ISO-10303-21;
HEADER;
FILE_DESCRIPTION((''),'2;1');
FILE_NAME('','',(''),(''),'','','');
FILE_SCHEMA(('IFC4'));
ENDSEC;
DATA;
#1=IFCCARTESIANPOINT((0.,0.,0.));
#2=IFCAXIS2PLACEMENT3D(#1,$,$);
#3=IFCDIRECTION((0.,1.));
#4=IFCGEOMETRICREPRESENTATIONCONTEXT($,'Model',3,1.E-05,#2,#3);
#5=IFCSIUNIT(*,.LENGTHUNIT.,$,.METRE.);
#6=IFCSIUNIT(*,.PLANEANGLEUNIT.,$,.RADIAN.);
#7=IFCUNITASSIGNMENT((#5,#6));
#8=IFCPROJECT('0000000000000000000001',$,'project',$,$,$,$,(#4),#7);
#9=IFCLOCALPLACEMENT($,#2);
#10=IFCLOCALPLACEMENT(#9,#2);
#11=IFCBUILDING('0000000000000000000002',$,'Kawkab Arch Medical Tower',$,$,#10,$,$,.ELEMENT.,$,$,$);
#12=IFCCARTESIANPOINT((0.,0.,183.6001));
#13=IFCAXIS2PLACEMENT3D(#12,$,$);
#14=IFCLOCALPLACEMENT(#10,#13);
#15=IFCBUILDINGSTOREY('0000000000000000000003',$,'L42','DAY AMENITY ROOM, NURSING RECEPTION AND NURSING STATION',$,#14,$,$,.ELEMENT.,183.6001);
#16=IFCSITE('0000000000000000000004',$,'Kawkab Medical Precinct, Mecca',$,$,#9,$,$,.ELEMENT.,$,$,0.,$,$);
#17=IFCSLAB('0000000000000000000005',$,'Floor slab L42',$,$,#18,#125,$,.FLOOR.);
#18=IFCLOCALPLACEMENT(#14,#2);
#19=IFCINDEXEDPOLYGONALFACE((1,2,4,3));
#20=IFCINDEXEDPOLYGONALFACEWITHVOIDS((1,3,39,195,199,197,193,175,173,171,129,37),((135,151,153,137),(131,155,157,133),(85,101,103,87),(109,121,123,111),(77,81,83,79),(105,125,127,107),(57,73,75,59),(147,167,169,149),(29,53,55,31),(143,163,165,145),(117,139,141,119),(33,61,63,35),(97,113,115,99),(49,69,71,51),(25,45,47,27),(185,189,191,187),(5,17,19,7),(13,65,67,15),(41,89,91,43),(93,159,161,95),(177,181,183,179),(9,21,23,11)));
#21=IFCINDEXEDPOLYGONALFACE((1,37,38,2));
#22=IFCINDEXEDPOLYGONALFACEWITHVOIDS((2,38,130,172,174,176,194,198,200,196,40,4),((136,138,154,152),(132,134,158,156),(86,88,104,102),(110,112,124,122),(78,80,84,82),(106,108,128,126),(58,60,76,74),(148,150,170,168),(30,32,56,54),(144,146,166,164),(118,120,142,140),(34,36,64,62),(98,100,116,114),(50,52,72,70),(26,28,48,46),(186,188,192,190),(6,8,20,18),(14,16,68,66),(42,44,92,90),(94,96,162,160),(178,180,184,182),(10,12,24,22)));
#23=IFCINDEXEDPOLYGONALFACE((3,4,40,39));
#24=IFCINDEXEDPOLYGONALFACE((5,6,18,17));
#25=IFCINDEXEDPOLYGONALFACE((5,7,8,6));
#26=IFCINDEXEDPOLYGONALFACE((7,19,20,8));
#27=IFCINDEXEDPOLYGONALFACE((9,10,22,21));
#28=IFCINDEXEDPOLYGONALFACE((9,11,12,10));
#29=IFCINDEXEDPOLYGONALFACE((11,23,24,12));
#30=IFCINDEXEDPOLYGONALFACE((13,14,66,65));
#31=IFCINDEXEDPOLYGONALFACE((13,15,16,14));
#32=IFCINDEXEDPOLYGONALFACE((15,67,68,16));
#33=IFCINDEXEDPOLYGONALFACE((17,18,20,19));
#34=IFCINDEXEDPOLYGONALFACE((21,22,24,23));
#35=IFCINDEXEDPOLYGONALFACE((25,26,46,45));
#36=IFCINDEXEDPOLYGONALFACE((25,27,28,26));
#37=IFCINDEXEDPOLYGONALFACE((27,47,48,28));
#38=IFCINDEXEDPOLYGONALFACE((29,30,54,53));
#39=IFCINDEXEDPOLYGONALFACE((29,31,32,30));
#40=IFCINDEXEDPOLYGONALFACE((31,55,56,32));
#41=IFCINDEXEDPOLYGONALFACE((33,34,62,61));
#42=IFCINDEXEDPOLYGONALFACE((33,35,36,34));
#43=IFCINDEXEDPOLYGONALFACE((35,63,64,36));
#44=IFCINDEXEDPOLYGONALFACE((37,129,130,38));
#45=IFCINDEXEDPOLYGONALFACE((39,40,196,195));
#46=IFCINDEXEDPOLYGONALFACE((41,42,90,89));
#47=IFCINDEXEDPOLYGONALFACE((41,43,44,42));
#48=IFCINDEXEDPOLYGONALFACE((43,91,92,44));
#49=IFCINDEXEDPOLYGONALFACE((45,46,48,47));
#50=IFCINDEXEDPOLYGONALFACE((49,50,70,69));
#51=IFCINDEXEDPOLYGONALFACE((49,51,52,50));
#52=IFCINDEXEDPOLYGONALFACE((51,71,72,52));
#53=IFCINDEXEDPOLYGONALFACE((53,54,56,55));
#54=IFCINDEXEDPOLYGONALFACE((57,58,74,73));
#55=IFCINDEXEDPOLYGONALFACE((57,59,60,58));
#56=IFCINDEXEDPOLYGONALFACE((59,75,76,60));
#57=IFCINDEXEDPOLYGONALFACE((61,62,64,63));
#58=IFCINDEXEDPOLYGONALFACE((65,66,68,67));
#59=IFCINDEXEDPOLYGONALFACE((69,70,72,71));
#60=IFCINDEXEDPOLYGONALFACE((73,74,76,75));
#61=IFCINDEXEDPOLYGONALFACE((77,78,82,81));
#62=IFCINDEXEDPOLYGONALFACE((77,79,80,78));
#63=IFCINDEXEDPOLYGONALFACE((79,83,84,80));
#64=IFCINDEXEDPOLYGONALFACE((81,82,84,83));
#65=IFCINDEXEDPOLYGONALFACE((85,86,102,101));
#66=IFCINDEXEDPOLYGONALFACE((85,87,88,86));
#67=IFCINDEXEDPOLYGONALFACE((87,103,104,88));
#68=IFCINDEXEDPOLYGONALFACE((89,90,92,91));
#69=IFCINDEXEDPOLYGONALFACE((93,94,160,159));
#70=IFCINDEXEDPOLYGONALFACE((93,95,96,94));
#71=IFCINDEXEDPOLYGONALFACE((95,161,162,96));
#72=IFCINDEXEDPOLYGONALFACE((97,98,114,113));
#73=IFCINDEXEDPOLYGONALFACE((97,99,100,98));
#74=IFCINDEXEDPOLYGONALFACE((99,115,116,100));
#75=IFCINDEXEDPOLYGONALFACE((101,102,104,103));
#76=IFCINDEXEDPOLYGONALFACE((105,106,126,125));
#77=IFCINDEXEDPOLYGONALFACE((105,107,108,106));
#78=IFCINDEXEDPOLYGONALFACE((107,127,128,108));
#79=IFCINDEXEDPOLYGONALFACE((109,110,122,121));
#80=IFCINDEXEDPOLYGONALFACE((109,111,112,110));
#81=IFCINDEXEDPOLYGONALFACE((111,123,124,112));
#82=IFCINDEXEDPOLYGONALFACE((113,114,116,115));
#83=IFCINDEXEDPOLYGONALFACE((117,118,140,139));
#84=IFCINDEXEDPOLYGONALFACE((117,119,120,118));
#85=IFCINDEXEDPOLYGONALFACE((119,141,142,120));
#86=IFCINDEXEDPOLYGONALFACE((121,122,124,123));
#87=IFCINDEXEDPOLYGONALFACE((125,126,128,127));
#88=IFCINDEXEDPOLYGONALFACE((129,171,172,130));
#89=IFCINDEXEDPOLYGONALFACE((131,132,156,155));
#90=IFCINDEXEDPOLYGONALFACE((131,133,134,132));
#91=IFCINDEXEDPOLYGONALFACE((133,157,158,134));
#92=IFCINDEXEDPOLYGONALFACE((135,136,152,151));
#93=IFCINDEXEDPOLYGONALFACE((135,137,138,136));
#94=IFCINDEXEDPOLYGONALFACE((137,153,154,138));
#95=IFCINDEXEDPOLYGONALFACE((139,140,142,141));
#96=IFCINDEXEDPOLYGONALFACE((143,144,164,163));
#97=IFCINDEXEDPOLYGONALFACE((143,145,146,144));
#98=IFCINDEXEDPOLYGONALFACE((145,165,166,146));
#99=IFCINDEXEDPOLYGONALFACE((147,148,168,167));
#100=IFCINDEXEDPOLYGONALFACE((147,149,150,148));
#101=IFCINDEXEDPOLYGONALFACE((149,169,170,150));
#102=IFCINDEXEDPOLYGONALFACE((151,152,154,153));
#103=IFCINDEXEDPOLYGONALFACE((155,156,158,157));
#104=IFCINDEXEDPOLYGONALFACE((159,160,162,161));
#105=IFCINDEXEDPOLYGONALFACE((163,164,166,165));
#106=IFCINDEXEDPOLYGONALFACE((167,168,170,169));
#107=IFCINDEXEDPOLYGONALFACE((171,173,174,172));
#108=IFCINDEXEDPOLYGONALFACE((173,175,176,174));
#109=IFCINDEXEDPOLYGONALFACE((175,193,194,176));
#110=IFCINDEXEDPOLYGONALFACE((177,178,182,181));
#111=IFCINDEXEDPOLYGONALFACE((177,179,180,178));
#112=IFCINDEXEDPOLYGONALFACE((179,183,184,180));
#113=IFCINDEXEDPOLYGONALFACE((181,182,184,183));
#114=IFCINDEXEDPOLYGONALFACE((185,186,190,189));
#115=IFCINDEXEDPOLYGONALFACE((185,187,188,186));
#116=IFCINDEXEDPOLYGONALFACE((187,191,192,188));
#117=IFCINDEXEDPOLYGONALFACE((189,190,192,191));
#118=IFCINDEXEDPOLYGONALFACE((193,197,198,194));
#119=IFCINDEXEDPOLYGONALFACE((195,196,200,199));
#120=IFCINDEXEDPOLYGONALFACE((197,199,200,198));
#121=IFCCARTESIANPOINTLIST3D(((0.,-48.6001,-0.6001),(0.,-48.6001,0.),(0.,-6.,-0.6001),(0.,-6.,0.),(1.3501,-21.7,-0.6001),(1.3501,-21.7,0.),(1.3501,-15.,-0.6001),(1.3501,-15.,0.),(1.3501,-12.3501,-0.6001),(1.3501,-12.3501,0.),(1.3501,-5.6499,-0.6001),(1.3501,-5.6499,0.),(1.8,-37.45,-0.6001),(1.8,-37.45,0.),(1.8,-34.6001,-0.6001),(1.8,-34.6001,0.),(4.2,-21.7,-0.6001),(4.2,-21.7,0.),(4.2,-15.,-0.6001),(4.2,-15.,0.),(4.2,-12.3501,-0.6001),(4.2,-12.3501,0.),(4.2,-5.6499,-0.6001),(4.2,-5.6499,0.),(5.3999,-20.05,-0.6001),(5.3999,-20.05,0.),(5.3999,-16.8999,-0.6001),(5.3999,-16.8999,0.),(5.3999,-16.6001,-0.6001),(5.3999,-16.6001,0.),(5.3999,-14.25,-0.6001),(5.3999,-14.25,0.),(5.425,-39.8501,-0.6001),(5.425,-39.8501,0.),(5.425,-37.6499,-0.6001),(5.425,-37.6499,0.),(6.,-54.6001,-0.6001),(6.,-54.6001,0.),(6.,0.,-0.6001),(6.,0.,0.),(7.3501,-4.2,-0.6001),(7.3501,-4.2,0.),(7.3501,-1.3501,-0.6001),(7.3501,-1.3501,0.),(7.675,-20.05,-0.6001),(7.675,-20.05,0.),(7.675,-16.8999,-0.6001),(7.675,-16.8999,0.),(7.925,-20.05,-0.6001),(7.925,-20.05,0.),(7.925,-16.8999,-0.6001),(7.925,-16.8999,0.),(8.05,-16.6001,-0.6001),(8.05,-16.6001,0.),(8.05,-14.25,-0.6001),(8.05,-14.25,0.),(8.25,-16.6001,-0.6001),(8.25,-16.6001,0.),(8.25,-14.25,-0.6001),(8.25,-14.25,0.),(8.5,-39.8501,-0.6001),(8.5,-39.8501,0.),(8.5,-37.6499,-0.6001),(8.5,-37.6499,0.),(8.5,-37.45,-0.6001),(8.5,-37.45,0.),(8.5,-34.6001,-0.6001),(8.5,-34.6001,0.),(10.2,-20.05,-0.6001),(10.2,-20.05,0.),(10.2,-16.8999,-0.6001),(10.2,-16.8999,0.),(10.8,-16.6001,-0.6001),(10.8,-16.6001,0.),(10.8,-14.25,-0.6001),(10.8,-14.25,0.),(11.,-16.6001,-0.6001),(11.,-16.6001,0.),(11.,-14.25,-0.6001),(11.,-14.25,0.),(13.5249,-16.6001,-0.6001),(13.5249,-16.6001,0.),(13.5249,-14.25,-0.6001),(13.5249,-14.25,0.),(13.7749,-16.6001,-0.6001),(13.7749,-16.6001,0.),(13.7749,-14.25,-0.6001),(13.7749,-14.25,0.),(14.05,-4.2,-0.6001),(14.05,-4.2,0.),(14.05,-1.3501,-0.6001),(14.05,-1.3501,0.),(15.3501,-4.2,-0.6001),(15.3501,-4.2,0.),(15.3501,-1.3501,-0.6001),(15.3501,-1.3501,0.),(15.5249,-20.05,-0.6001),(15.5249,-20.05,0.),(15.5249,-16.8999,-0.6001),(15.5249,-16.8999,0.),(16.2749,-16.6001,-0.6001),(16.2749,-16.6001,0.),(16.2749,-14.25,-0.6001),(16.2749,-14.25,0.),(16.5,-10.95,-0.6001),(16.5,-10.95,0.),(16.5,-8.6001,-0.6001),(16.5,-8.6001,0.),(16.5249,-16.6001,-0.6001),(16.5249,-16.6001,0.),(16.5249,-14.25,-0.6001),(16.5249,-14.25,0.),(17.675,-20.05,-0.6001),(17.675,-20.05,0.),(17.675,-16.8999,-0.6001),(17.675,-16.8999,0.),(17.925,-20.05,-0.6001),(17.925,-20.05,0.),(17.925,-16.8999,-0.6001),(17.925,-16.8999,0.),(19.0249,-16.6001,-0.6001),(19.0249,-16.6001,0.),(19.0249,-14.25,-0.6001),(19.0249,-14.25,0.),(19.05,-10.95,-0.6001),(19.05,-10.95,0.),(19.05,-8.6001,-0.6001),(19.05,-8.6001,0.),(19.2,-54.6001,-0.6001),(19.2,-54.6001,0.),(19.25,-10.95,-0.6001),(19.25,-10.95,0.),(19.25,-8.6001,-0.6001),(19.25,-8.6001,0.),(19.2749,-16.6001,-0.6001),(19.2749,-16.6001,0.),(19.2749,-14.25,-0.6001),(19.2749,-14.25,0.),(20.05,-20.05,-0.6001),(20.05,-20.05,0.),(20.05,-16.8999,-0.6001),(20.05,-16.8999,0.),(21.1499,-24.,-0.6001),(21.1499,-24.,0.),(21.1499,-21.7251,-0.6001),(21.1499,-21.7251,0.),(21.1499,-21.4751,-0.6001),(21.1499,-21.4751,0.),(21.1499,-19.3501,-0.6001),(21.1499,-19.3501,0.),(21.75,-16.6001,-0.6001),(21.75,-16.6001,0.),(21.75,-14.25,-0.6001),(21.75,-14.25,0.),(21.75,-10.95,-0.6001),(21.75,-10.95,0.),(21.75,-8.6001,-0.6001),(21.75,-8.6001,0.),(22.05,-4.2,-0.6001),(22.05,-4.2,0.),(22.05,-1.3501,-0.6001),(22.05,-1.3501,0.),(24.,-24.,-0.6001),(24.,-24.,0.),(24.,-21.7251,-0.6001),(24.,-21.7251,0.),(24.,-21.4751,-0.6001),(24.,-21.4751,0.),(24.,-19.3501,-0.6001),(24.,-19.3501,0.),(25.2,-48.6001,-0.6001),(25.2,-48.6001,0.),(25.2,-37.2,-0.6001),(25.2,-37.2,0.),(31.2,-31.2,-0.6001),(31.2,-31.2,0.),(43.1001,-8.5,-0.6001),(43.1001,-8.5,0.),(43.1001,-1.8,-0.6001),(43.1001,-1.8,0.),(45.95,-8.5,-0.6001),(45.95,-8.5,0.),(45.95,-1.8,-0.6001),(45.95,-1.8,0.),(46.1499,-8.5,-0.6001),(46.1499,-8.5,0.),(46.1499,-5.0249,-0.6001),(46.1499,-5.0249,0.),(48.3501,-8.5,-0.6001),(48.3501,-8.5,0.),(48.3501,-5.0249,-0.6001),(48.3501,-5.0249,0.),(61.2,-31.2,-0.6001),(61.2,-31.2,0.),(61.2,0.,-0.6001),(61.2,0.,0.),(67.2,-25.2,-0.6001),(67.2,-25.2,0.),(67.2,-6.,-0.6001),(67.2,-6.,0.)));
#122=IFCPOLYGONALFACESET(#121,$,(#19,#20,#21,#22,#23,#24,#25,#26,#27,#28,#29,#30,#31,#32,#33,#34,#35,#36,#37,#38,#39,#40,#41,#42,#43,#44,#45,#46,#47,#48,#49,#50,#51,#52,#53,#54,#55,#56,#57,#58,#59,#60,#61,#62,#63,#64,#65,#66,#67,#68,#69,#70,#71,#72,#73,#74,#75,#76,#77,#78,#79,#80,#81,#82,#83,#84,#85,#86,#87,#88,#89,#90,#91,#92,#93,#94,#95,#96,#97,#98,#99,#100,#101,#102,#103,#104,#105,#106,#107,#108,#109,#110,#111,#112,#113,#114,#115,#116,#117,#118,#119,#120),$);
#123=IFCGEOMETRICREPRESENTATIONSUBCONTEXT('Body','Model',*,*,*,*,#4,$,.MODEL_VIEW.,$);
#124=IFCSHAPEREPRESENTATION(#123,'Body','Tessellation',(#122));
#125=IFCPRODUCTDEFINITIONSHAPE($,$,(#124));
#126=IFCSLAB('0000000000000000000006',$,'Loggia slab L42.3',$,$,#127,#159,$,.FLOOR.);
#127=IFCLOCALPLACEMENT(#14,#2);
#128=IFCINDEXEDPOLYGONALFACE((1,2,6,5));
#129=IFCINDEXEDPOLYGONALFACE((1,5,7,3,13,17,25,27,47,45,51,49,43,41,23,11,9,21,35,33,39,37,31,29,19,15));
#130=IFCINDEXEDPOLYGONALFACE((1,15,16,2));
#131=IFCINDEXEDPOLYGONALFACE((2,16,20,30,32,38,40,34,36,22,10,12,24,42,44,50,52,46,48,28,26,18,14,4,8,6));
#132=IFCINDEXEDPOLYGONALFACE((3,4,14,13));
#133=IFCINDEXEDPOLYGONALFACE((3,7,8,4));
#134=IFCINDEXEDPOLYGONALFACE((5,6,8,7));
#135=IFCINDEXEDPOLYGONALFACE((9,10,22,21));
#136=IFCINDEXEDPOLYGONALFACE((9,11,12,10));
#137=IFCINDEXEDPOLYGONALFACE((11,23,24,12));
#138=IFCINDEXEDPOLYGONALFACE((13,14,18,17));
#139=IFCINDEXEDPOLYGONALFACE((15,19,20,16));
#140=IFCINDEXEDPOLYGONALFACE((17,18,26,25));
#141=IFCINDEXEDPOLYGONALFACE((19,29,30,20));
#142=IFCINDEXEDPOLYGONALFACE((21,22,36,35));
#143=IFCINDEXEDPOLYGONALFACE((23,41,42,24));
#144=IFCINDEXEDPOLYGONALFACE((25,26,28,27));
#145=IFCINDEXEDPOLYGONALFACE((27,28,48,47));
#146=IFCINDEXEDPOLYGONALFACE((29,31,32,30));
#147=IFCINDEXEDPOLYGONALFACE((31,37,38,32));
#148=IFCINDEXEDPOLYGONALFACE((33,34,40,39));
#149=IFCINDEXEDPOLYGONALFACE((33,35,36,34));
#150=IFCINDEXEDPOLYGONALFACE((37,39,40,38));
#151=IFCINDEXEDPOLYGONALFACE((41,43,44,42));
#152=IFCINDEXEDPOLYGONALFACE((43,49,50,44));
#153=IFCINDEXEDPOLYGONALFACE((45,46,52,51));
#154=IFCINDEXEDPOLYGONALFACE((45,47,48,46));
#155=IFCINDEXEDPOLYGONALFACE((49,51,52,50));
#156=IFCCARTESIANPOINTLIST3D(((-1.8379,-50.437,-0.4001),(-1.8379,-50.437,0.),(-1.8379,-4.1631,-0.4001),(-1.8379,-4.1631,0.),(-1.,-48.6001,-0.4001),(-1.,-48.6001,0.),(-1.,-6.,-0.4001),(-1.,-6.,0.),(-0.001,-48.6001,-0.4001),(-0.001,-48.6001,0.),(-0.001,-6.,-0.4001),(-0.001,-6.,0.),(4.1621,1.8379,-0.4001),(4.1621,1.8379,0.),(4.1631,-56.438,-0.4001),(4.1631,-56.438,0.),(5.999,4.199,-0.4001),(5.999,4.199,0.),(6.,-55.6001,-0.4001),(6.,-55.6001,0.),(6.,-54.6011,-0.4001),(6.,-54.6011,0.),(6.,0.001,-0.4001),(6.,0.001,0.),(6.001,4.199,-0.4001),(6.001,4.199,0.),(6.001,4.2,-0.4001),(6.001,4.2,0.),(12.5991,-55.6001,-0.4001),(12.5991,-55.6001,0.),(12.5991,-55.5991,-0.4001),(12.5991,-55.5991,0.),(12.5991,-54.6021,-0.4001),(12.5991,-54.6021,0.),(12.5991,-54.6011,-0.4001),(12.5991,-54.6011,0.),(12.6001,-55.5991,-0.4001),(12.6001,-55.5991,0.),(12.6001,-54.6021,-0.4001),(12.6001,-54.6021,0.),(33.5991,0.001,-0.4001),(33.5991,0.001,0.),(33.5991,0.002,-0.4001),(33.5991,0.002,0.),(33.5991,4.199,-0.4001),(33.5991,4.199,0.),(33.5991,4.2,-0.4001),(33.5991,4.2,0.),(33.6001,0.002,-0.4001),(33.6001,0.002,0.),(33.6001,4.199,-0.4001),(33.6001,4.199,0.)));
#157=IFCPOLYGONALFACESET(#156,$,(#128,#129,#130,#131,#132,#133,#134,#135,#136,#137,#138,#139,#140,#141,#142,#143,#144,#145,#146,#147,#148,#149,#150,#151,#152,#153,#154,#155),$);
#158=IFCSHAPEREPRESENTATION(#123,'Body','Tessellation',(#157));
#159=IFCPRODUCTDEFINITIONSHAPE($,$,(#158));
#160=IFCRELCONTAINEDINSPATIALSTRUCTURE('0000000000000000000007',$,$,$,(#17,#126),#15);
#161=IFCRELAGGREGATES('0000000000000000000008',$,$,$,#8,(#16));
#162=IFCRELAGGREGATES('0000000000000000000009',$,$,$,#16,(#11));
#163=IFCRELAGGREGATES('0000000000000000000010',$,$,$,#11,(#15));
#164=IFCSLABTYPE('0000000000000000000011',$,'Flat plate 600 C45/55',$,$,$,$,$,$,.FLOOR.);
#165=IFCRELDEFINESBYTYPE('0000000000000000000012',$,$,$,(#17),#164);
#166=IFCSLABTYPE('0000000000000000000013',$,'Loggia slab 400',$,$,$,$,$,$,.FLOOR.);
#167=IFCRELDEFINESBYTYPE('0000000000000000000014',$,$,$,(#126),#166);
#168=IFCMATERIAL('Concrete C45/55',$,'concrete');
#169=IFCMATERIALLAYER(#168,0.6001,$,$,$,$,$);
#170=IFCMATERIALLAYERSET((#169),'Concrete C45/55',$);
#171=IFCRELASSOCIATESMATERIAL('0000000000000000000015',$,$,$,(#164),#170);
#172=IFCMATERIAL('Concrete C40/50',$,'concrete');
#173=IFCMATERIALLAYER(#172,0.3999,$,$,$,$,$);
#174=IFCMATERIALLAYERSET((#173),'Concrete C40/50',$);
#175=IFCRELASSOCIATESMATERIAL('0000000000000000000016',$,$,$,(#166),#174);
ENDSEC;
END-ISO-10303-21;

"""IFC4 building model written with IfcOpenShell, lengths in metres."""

from ifc_helpers import new_model, si_unit, direction, frame, origin, place, context, subcontext, project, spatial, polyline, outline, extrude, material, layer, layer_set, type_object, element, save


model = new_model("IFC4")

# Units and contexts
model_context = context("Model", 3, precision=1e-05, world=origin(), true_north=direction((0.0, 1.0)))
body_context = subcontext(model_context, "Body", "Model", "MODEL_VIEW")
ifc_project = project(units=[si_unit("LENGTHUNIT", "METRE"), si_unit("PLANEANGLEUNIT", "RADIAN")], contexts=[model_context])

# Site, building, storey
site_placement = place(None, origin())
site = spatial("IfcSite", under=ifc_project, at=site_placement, Name="Kawkab Medical Precinct, Mecca", CompositionType="ELEMENT", RefElevation=0.0)
building_placement = place(site_placement, origin())
building = spatial("IfcBuilding", under=site, at=building_placement, Name="Kawkab Arch Medical Tower", CompositionType="ELEMENT")
storey_placement = place(building_placement, frame((0.0, 0.0, 183.6001)))
storey = spatial("IfcBuildingStorey", under=building, at=storey_placement, Name="L42", Description="DAY AMENITY ROOM, NURSING RECEPTION AND NURSING STATION", CompositionType="ELEMENT", Elevation=183.6001)

# Slabs
ifc_material_1 = material(Name="Concrete C45/55", Category="concrete")
ifc_layer_1 = layer(ifc_material_1, 0.6001)
ifc_layer_set_1 = layer_set([ifc_layer_1], Name="Concrete C45/55")
slab_type_1 = type_object("IfcSlabType", Name="Flat plate 600 C45/55", PredefinedType="FLOOR", material=ifc_layer_set_1)
slab_1_placement = place(storey_placement, frame((0.0, 0.0, -0.6001)))
element("IfcSlab", 1, at=slab_1_placement, inside=storey, type_object=slab_type_1, Name="Floor slab L42", PredefinedType="FLOOR", context=body_context, shape_type="SweptSolid", body=[
    extrude(outline(polyline([(6.0, 0.0), (61.2, 0.0), (67.2, -6.0), (67.2, -25.2), (61.2, -31.2), (31.2, -31.2), (25.2, -37.2), (25.2, -48.6001), (19.2, -54.6001), (6.0, -54.6001), (0.0, -48.6001), (0.0, -6.0), (6.0, 0.0)]), holes=[polyline([(5.425, -37.6499), (5.425, -39.8501), (8.5, -39.8501), (8.5, -37.6499), (5.425, -37.6499)]), polyline([(8.5, -37.45), (8.5, -34.6001), (1.8, -34.6001), (1.8, -37.45), (8.5, -37.45)]), polyline([(5.3999, -20.05), (7.675, -20.05), (7.675, -16.8999), (5.3999, -16.8999), (5.3999, -20.05)]), polyline([(10.2, -20.05), (10.2, -16.8999), (7.925, -16.8999), (7.925, -20.05), (10.2, -20.05)]), polyline([(4.2, -21.7), (4.2, -15.0), (1.3501, -15.0), (1.3501, -21.7), (4.2, -21.7)]), polyline([(5.3999, -16.6001), (8.05, -16.6001), (8.05, -14.25), (5.3999, -14.25), (5.3999, -16.6001)]), polyline([(8.25, -16.6001), (10.8, -16.6001), (10.8, -14.25), (8.25, -14.25), (8.25, -16.6001)]), polyline([(11.0, -14.25), (11.0, -16.6001), (13.5249, -16.6001), (13.5249, -14.25), (11.0, -14.25)]), polyline([(13.7749, -16.6001), (16.2749, -16.6001), (16.2749, -14.25), (13.7749, -14.25), (13.7749, -16.6001)]), polyline([(4.2, -12.3501), (4.2, -5.6499), (1.3501, -5.6499), (1.3501, -12.3501), (4.2, -12.3501)]), polyline([(7.3501, -4.2), (14.05, -4.2), (14.05, -1.3501), (7.3501, -1.3501), (7.3501, -4.2)]), polyline([(24.0, -21.7251), (21.1499, -21.7251), (21.1499, -24.0), (24.0, -24.0), (24.0, -21.7251)]), polyline([(24.0, -19.3501), (21.1499, -19.3501), (21.1499, -21.4751), (24.0, -21.4751), (24.0, -19.3501)]), polyline([(17.675, -16.8999), (15.5249, -16.8999), (15.5249, -20.05), (17.675, -20.05), (17.675, -16.8999)]), polyline([(20.05, -20.05), (20.05, -16.8999), (17.925, -16.8999), (17.925, -20.05), (20.05, -20.05)]), polyline([(19.0249, -16.6001), (19.0249, -14.25), (16.5249, -14.25), (16.5249, -16.6001), (19.0249, -16.6001)]), polyline([(21.75, -16.6001), (21.75, -14.25), (19.2749, -14.25), (19.2749, -16.6001), (21.75, -16.6001)]), polyline([(19.05, -8.6001), (16.5, -8.6001), (16.5, -10.95), (19.05, -10.95), (19.05, -8.6001)]), polyline([(21.75, -10.95), (21.75, -8.6001), (19.25, -8.6001), (19.25, -10.95), (21.75, -10.95)]), polyline([(46.1499, -8.5), (48.3501, -8.5), (48.3501, -5.0249), (46.1499, -5.0249), (46.1499, -8.5)]), polyline([(43.1001, -1.8), (43.1001, -8.5), (45.95, -8.5), (45.95, -1.8), (43.1001, -1.8)]), polyline([(22.05, -1.3501), (15.3501, -1.3501), (15.3501, -4.2), (22.05, -4.2), (22.05, -1.3501)])]), origin(), (0.0, 0.0, 1.0), 0.6001),
])
ifc_material_2 = material(Name="Concrete C40/50", Category="concrete")
ifc_layer_2 = layer(ifc_material_2, 0.3999)
ifc_layer_set_2 = layer_set([ifc_layer_2], Name="Concrete C40/50")
slab_type_2 = type_object("IfcSlabType", Name="Loggia slab 400", PredefinedType="FLOOR", material=ifc_layer_set_2)
placement_1 = place(storey_placement, frame((0.0, 0.0, -0.4001)))
element("IfcSlab", 2, at=placement_1, inside=storey, type_object=slab_type_2, Name="Loggia slab L42.3", PredefinedType="FLOOR", context=body_context, shape_type="SweptSolid", body=[
    extrude(outline(polyline([(-1.8379, -50.437), (-1.0, -48.6001), (-1.0, -6.0), (-1.8379, -4.1631), (4.1621, 1.8379), (5.999, 4.199), (6.001, 4.199), (6.001, 4.2), (33.5991, 4.2), (33.5991, 4.199), (33.6001, 4.199), (33.6001, 0.002), (33.5991, 0.002), (33.5991, 0.001), (6.0, 0.001), (-0.001, -6.0), (-0.001, -48.6001), (6.0, -54.6011), (12.5991, -54.6011), (12.5991, -54.6021), (12.6001, -54.6021), (12.6001, -55.5991), (12.5991, -55.5991), (12.5991, -55.6001), (6.0, -55.6001), (4.1631, -56.438), (-1.8379, -50.437)])), origin(), (0.0, 0.0, 1.0), 0.4001),
])

save(model, "model.ifc")
